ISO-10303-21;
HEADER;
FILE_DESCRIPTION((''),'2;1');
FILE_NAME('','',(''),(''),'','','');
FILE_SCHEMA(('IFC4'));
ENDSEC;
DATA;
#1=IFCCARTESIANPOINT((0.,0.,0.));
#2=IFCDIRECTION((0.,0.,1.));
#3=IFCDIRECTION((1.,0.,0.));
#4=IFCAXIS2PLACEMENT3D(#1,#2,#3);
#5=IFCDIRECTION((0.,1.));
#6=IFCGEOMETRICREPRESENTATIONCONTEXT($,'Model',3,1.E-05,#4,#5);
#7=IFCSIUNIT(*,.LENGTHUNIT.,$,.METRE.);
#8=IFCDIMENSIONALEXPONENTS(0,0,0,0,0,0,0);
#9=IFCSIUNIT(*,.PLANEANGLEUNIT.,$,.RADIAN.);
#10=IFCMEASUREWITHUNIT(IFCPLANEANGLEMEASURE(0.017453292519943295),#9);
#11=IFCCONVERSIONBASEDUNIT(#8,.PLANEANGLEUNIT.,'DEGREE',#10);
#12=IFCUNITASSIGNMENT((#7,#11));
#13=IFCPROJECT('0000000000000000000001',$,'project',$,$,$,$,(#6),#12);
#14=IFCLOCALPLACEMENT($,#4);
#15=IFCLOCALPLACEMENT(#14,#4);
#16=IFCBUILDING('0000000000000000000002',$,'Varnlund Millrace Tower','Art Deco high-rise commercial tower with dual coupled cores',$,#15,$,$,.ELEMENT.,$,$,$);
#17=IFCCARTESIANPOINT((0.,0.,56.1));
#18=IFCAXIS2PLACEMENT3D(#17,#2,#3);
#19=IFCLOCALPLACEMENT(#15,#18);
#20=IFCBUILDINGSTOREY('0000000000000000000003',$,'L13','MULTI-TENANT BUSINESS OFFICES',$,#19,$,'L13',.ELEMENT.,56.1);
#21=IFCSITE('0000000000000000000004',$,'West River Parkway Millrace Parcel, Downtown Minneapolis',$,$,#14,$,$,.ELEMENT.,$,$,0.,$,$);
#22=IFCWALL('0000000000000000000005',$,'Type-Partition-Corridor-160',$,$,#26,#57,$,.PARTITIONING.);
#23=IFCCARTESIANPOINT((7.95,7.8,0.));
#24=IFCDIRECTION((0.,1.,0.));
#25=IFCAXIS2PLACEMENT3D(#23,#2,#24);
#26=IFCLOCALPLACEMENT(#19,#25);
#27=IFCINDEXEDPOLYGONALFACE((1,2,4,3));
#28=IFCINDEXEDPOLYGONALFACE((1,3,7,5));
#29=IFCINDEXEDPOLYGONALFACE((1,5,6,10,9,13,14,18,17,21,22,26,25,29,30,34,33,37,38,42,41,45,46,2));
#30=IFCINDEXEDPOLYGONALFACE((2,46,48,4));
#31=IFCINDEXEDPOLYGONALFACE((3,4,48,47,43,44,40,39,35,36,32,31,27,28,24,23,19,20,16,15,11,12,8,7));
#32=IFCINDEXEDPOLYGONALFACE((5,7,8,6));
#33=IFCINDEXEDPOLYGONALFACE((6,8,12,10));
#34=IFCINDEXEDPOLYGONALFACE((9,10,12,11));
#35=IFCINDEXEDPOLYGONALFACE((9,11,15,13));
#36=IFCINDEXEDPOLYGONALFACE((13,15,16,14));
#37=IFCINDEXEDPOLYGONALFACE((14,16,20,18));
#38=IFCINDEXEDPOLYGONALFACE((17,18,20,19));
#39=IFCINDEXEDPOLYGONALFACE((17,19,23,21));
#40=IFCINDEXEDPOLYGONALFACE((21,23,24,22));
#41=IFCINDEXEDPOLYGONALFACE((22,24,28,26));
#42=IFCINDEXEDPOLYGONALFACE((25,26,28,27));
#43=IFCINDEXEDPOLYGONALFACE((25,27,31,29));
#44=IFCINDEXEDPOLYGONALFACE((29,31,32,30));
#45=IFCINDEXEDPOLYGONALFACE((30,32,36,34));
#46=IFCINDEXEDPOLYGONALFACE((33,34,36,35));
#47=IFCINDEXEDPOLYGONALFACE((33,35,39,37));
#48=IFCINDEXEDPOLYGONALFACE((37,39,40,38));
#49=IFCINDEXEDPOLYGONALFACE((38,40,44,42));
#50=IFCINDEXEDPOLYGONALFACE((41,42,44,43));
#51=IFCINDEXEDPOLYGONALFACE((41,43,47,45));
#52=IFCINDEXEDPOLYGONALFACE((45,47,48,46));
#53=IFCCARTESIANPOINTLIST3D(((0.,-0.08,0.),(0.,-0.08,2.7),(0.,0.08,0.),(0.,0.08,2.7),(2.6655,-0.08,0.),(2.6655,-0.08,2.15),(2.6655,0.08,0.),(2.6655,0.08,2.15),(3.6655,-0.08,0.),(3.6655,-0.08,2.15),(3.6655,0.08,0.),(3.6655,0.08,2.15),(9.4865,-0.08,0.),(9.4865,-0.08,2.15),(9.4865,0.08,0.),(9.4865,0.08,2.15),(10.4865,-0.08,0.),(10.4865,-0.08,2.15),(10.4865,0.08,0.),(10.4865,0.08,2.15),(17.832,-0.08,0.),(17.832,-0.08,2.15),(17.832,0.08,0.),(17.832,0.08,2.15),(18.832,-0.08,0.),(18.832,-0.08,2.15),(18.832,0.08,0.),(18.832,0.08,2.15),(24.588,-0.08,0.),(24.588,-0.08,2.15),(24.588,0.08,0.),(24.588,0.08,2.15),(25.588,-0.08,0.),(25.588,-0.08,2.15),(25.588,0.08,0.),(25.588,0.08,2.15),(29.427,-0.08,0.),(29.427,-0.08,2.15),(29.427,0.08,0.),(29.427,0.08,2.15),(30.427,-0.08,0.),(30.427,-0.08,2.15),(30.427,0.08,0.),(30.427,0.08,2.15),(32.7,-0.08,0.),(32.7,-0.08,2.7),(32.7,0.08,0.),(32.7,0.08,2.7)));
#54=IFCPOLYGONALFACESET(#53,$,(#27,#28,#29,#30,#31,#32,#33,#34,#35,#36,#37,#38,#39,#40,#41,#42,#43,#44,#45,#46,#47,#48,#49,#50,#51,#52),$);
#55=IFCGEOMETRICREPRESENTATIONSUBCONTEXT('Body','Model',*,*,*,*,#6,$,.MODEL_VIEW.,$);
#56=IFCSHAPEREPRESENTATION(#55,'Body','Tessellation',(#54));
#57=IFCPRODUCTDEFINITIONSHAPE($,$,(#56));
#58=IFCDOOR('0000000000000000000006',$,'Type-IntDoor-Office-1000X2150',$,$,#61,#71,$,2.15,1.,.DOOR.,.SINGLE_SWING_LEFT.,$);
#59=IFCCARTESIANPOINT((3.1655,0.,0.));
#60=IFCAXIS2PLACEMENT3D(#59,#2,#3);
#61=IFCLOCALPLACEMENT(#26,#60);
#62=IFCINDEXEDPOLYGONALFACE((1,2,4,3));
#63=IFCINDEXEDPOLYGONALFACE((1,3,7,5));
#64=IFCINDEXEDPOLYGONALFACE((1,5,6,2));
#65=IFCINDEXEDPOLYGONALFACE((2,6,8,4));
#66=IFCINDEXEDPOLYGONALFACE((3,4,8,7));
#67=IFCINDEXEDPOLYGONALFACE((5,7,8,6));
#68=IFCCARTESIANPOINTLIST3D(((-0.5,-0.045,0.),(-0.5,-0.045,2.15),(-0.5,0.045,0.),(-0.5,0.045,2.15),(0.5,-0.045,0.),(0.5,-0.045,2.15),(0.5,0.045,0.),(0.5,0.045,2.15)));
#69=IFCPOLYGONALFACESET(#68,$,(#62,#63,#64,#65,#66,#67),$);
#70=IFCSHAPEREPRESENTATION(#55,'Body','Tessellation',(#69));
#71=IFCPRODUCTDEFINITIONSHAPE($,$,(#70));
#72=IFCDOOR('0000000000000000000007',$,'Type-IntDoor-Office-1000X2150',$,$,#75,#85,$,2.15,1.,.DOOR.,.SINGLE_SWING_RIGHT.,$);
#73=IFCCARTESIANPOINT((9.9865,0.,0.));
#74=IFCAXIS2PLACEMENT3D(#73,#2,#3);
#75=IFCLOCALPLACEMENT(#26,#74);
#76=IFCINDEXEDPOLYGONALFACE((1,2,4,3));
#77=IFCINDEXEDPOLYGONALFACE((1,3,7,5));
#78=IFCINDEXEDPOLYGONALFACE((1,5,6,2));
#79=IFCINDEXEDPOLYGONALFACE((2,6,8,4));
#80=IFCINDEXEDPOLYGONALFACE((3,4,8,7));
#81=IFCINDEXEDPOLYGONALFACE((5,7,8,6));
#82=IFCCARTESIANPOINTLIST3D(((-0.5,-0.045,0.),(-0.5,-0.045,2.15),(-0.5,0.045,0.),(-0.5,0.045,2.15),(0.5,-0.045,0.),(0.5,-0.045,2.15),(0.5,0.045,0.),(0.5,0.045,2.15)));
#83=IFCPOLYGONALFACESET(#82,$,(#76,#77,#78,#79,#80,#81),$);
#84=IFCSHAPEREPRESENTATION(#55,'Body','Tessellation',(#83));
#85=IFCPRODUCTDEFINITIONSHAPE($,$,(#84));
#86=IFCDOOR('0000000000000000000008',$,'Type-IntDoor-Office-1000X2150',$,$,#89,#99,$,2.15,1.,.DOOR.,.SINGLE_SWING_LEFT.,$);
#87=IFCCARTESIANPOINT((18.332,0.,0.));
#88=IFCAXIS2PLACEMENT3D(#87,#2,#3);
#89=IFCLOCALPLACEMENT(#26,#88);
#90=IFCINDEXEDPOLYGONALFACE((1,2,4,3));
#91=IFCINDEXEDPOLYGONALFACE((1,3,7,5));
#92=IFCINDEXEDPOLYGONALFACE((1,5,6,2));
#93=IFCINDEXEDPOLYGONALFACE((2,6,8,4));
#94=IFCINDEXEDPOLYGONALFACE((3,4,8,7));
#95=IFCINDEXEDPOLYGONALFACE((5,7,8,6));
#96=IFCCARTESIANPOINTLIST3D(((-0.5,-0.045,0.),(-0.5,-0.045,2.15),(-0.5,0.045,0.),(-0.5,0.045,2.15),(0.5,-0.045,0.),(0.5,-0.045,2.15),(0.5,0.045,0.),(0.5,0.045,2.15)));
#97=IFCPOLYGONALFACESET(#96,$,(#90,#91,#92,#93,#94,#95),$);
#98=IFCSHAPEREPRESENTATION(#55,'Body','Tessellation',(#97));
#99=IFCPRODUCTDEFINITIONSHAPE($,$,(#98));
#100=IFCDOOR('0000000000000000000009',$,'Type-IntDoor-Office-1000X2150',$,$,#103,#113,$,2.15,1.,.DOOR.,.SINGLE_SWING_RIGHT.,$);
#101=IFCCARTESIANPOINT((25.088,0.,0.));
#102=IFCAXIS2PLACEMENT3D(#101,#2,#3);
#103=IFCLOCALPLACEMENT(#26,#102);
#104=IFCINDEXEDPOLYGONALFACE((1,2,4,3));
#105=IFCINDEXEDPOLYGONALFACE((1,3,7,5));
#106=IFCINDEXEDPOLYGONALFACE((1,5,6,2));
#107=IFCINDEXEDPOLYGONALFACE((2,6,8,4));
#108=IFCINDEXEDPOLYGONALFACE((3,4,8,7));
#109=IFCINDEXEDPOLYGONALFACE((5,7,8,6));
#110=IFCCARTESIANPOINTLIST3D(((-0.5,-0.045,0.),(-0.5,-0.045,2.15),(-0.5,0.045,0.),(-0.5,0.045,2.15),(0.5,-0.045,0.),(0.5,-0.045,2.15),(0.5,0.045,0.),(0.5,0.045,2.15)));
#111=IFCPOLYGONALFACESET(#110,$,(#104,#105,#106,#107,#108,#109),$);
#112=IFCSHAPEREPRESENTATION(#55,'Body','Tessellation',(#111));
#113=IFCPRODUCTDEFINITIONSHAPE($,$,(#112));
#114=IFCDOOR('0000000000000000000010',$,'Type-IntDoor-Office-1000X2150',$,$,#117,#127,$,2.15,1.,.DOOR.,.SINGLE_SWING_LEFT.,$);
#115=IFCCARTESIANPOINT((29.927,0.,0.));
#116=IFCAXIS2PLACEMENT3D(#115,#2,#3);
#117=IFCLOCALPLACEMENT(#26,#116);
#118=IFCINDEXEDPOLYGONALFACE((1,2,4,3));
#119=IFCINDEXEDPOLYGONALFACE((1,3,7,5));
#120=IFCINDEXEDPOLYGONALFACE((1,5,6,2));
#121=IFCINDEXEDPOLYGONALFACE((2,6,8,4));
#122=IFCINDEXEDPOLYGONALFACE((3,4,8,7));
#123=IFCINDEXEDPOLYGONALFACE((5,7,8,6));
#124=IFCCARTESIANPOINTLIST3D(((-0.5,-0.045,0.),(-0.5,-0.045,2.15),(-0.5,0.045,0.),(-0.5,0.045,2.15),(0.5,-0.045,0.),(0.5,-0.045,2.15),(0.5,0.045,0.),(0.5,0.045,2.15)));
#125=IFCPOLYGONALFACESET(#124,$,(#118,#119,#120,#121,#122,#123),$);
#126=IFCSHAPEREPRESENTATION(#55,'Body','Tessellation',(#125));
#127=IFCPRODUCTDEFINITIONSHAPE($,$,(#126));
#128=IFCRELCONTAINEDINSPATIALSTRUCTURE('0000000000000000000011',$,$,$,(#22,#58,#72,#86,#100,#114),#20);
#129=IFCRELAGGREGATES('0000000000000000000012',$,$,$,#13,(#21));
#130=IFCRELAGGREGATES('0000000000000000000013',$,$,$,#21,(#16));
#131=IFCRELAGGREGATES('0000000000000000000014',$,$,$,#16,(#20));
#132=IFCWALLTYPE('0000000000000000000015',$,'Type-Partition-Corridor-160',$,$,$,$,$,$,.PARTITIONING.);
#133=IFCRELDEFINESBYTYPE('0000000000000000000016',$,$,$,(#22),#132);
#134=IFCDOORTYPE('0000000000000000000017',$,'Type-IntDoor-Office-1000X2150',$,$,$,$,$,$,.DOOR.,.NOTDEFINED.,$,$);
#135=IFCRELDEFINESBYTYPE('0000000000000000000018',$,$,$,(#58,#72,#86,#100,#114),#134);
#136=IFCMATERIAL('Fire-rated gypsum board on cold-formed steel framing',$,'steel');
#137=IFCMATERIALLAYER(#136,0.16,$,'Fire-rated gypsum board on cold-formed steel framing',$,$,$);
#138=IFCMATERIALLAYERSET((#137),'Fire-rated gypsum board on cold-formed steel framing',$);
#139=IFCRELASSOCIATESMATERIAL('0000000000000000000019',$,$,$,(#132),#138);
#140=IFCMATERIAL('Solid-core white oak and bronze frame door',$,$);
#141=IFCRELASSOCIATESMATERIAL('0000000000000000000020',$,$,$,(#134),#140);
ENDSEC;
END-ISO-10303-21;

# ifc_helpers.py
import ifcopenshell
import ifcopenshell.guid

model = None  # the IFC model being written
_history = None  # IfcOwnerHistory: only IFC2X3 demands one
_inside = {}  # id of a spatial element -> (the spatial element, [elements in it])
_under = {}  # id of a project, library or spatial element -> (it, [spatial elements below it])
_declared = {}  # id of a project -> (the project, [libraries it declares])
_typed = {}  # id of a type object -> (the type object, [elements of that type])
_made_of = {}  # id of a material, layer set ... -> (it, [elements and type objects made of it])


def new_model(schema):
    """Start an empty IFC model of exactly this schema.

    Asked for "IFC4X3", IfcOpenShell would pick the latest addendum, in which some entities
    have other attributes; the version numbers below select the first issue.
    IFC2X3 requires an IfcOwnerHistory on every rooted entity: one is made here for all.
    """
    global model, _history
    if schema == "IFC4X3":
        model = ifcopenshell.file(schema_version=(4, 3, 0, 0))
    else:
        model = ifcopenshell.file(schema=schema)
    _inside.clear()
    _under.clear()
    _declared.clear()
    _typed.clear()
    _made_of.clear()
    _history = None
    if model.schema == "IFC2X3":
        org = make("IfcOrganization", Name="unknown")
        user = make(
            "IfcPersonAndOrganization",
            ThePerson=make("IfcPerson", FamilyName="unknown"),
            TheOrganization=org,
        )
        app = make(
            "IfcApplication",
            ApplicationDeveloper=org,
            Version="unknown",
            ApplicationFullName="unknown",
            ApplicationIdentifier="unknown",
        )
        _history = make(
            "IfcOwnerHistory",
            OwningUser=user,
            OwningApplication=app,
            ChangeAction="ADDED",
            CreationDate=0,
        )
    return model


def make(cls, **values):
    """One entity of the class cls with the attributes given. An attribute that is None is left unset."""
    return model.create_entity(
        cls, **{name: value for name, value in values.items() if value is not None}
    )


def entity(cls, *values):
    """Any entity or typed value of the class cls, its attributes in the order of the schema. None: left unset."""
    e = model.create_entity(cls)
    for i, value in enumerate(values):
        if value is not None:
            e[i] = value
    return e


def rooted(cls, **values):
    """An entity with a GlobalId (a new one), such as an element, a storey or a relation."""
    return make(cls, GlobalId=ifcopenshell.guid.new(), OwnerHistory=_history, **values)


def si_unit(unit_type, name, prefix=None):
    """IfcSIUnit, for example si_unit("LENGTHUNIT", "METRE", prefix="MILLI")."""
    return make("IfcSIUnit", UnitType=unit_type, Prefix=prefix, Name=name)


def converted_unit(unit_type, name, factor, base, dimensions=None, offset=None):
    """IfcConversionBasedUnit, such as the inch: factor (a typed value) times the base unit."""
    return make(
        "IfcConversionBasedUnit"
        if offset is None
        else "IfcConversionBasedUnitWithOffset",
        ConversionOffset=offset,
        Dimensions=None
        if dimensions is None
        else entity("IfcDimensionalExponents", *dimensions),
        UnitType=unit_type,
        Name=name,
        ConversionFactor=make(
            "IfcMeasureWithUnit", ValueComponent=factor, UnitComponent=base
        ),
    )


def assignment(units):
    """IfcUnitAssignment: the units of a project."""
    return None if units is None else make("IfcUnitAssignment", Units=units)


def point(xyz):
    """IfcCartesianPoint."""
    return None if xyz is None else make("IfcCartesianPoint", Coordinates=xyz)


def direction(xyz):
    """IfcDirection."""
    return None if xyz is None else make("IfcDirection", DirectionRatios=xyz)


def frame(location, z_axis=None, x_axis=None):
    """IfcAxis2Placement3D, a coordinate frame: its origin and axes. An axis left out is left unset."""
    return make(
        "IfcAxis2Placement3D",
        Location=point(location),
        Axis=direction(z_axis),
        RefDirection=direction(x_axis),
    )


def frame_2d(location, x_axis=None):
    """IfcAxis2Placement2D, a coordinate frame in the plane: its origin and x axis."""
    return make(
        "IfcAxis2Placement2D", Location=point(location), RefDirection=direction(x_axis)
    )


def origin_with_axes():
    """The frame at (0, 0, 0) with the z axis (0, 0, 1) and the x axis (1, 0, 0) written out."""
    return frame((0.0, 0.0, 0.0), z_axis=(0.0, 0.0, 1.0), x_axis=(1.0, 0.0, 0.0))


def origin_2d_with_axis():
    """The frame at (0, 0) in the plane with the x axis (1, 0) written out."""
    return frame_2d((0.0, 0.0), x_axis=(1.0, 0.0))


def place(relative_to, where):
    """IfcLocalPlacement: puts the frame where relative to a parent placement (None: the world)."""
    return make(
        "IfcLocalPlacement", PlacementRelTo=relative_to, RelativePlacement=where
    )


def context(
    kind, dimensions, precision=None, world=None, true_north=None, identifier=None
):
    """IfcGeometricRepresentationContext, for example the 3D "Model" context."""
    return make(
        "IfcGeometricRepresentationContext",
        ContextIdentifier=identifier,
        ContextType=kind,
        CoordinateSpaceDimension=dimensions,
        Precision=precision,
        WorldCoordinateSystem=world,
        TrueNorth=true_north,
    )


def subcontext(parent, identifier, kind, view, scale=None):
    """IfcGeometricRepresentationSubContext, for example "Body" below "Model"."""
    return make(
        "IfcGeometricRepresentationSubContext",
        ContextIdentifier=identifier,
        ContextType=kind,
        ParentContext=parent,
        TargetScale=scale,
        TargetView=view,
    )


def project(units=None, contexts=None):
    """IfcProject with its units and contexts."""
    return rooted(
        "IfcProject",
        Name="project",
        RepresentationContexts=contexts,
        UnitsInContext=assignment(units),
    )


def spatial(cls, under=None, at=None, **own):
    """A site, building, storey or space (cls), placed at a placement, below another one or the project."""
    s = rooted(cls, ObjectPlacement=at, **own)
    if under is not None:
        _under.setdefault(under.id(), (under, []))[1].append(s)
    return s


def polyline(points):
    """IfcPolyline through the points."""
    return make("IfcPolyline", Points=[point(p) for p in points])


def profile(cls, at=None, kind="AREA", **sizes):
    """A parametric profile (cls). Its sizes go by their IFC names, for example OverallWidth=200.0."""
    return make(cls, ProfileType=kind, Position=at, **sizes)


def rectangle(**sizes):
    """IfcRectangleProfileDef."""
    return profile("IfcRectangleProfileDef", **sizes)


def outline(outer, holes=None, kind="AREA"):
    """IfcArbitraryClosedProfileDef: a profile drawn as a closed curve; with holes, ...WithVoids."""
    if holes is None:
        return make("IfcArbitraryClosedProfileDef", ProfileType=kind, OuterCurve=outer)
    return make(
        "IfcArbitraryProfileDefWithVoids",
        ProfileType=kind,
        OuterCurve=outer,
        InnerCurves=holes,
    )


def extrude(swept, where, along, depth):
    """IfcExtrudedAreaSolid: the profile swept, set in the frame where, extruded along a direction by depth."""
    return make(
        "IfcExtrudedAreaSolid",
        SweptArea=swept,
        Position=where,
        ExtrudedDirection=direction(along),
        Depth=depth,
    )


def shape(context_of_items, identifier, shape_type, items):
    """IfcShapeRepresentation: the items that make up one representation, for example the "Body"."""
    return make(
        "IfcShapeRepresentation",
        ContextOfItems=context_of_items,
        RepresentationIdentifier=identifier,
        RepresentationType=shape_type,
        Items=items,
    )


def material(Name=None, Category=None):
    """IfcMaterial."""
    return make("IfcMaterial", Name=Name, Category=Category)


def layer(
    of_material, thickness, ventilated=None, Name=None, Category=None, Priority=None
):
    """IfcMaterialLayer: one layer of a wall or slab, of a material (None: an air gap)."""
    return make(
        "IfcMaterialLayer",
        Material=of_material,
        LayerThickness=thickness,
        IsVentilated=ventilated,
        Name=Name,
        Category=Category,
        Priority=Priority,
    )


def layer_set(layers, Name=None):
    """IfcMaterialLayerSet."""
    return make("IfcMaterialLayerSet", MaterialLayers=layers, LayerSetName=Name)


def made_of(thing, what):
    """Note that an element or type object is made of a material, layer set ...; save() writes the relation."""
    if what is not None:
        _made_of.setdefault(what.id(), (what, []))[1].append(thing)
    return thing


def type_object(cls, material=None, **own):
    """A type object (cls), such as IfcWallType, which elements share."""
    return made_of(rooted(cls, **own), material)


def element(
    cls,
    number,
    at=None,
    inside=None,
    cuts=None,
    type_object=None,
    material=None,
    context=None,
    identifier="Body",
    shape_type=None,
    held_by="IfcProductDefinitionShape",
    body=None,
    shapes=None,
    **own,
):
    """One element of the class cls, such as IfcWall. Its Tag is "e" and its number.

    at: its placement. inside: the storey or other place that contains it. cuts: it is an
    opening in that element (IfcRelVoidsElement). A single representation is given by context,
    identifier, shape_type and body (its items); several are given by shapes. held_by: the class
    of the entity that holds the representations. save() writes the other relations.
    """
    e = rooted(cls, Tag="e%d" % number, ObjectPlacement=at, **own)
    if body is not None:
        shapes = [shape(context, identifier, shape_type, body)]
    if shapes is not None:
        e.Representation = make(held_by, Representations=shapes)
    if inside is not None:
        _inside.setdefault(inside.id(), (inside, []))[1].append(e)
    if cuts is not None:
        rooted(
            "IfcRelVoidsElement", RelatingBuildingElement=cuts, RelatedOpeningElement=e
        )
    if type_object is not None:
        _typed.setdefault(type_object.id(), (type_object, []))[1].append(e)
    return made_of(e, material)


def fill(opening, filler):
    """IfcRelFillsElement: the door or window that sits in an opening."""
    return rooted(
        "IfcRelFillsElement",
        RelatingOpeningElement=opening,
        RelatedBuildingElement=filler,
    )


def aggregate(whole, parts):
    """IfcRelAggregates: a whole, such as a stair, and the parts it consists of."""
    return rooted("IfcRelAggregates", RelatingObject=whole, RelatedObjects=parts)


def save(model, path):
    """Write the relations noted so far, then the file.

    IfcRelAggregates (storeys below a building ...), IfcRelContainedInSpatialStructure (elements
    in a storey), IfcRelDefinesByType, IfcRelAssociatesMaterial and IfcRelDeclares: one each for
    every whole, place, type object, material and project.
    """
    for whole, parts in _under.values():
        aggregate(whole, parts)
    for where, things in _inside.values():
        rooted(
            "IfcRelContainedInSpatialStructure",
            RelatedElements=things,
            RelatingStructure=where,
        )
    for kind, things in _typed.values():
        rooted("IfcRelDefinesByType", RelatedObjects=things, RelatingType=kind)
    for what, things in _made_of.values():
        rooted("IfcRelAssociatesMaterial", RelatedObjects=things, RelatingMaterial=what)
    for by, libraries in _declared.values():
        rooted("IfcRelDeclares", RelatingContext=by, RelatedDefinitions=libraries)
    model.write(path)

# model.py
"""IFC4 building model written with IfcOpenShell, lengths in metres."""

from ifc_helpers import new_model, entity, si_unit, converted_unit, direction, frame, origin_with_axes, origin_2d_with_axis, place, context, subcontext, project, spatial, polyline, rectangle, outline, extrude, material, layer, layer_set, type_object, element, fill, save


model = new_model("IFC4")

# Units and contexts
model_context = context("Model", 3, precision=1e-05, world=origin_with_axes(), true_north=direction((0.0, 1.0)))
body_context = subcontext(model_context, "Body", "Model", "MODEL_VIEW")
ifc_project = project(units=[si_unit("LENGTHUNIT", "METRE"), converted_unit("PLANEANGLEUNIT", "DEGREE", entity("IfcPlaneAngleMeasure", 0.017453292519943295), si_unit("PLANEANGLEUNIT", "RADIAN"), dimensions=[0, 0, 0, 0, 0, 0, 0])], contexts=[model_context])

# Site, building, storey
site_placement = place(None, origin_with_axes())
site = spatial("IfcSite", under=ifc_project, at=site_placement, Name="West River Parkway Millrace Parcel, Downtown Minneapolis", CompositionType="ELEMENT", RefElevation=0.0)
building_placement = place(site_placement, origin_with_axes())
building = spatial("IfcBuilding", under=site, at=building_placement, Name="Varnlund Millrace Tower", Description="Art Deco high-rise commercial tower with dual coupled cores", CompositionType="ELEMENT")
storey_placement = place(building_placement, frame((0.0, 0.0, 56.1), z_axis=(0.0, 0.0, 1.0), x_axis=(1.0, 0.0, 0.0)))
storey = spatial("IfcBuildingStorey", under=building, at=storey_placement, Name="L13", Description="MULTI-TENANT BUSINESS OFFICES", LongName="L13", CompositionType="ELEMENT", Elevation=56.1)

# Wall, openings, doors
ifc_material_1 = material(Name="Fire-rated gypsum board on cold-formed steel framing", Category="steel")
ifc_layer_1 = layer(ifc_material_1, 0.16, Name="Fire-rated gypsum board on cold-formed steel framing")
ifc_layer_set_1 = layer_set([ifc_layer_1], Name="Fire-rated gypsum board on cold-formed steel framing")
wall_type_1 = type_object("IfcWallType", Name="Type-Partition-Corridor-160", PredefinedType="PARTITIONING", material=ifc_layer_set_1)
ifc_material_2 = material(Name="Solid-core white oak and bronze frame door")
door_type_1 = type_object("IfcDoorType", Name="Type-IntDoor-Office-1000X2150", OperationType="NOTDEFINED", PredefinedType="DOOR", material=ifc_material_2)
wall_1_placement = place(storey_placement, frame((7.95, 7.8, 0.0), z_axis=(0.0, 0.0, 1.0), x_axis=(0.0, 1.0, 0.0)))
wall_1 = element("IfcWall", 1, at=wall_1_placement, inside=storey, type_object=wall_type_1, Name="Type-Partition-Corridor-160", PredefinedType="PARTITIONING", context=body_context, shape_type="SweptSolid", body=[
    extrude(outline(polyline([(0.0, -0.08), (32.7, -0.08), (32.7, 0.08), (0.0, 0.08), (0.0, -0.08)])), origin_with_axes(), (0.0, 0.0, 1.0), 2.7),
])
opening_1_placement = place(wall_1_placement, frame((3.1655, 0.0, 0.0), z_axis=(0.0, 0.0, 1.0), x_axis=(1.0, 0.0, 0.0)))
opening_1 = element("IfcOpeningElement", 2, at=opening_1_placement, cuts=wall_1, PredefinedType="OPENING", context=body_context, shape_type="SweptSolid", body=[
    extrude(rectangle(XDim=1.0, YDim=0.18, at=origin_2d_with_axis()), origin_with_axes(), (0.0, 0.0, 1.0), 2.15),
])
opening_2_placement = place(wall_1_placement, frame((9.9865, 0.0, 0.0), z_axis=(0.0, 0.0, 1.0), x_axis=(1.0, 0.0, 0.0)))
opening_2 = element("IfcOpeningElement", 3, at=opening_2_placement, cuts=wall_1, PredefinedType="OPENING", context=body_context, shape_type="SweptSolid", body=[
    extrude(rectangle(XDim=1.0, YDim=0.18, at=origin_2d_with_axis()), origin_with_axes(), (0.0, 0.0, 1.0), 2.15),
])
opening_3_placement = place(wall_1_placement, frame((18.332, 0.0, 0.0), z_axis=(0.0, 0.0, 1.0), x_axis=(1.0, 0.0, 0.0)))
opening_3 = element("IfcOpeningElement", 4, at=opening_3_placement, cuts=wall_1, PredefinedType="OPENING", context=body_context, shape_type="SweptSolid", body=[
    extrude(rectangle(XDim=1.0, YDim=0.18, at=origin_2d_with_axis()), origin_with_axes(), (0.0, 0.0, 1.0), 2.15),
])
opening_4_placement = place(wall_1_placement, frame((25.088, 0.0, 0.0), z_axis=(0.0, 0.0, 1.0), x_axis=(1.0, 0.0, 0.0)))
opening_4 = element("IfcOpeningElement", 5, at=opening_4_placement, cuts=wall_1, PredefinedType="OPENING", context=body_context, shape_type="SweptSolid", body=[
    extrude(rectangle(XDim=1.0, YDim=0.18, at=origin_2d_with_axis()), origin_with_axes(), (0.0, 0.0, 1.0), 2.15),
])
opening_5_placement = place(wall_1_placement, frame((29.927, 0.0, 0.0), z_axis=(0.0, 0.0, 1.0), x_axis=(1.0, 0.0, 0.0)))
opening_5 = element("IfcOpeningElement", 6, at=opening_5_placement, cuts=wall_1, PredefinedType="OPENING", context=body_context, shape_type="SweptSolid", body=[
    extrude(rectangle(XDim=1.0, YDim=0.18, at=origin_2d_with_axis()), origin_with_axes(), (0.0, 0.0, 1.0), 2.15),
])
door_1_placement = place(wall_1_placement, frame((3.1655, 0.0, 0.0), z_axis=(0.0, 0.0, 1.0), x_axis=(1.0, 0.0, 0.0)))
door_1 = element("IfcDoor", 7, at=door_1_placement, inside=storey, type_object=door_type_1, Name="Type-IntDoor-Office-1000X2150", OperationType="SINGLE_SWING_LEFT", OverallHeight=2.15, OverallWidth=1.0, PredefinedType="DOOR", context=body_context, shape_type="SweptSolid", body=[
    extrude(rectangle(XDim=1.0, YDim=0.09, at=origin_2d_with_axis()), origin_with_axes(), (0.0, 0.0, 1.0), 2.15),
])
fill(opening_1, door_1)
door_2_placement = place(wall_1_placement, frame((9.9865, 0.0, 0.0), z_axis=(0.0, 0.0, 1.0), x_axis=(1.0, 0.0, 0.0)))
door_2 = element("IfcDoor", 8, at=door_2_placement, inside=storey, type_object=door_type_1, Name="Type-IntDoor-Office-1000X2150", OperationType="SINGLE_SWING_RIGHT", OverallHeight=2.15, OverallWidth=1.0, PredefinedType="DOOR", context=body_context, shape_type="SweptSolid", body=[
    extrude(rectangle(XDim=1.0, YDim=0.09, at=origin_2d_with_axis()), origin_with_axes(), (0.0, 0.0, 1.0), 2.15),
])
fill(opening_2, door_2)
door_3_placement = place(wall_1_placement, frame((18.332, 0.0, 0.0), z_axis=(0.0, 0.0, 1.0), x_axis=(1.0, 0.0, 0.0)))
door_3 = element("IfcDoor", 9, at=door_3_placement, inside=storey, type_object=door_type_1, Name="Type-IntDoor-Office-1000X2150", OperationType="SINGLE_SWING_LEFT", OverallHeight=2.15, OverallWidth=1.0, PredefinedType="DOOR", context=body_context, shape_type="SweptSolid", body=[
    extrude(rectangle(XDim=1.0, YDim=0.09, at=origin_2d_with_axis()), origin_with_axes(), (0.0, 0.0, 1.0), 2.15),
])
fill(opening_3, door_3)
door_4_placement = place(wall_1_placement, frame((25.088, 0.0, 0.0), z_axis=(0.0, 0.0, 1.0), x_axis=(1.0, 0.0, 0.0)))
door_4 = element("IfcDoor", 10, at=door_4_placement, inside=storey, type_object=door_type_1, Name="Type-IntDoor-Office-1000X2150", OperationType="SINGLE_SWING_RIGHT", OverallHeight=2.15, OverallWidth=1.0, PredefinedType="DOOR", context=body_context, shape_type="SweptSolid", body=[
    extrude(rectangle(XDim=1.0, YDim=0.09, at=origin_2d_with_axis()), origin_with_axes(), (0.0, 0.0, 1.0), 2.15),
])
fill(opening_4, door_4)
door_5_placement = place(wall_1_placement, frame((29.927, 0.0, 0.0), z_axis=(0.0, 0.0, 1.0), x_axis=(1.0, 0.0, 0.0)))
door_5 = element("IfcDoor", 11, at=door_5_placement, inside=storey, type_object=door_type_1, Name="Type-IntDoor-Office-1000X2150", OperationType="SINGLE_SWING_LEFT", OverallHeight=2.15, OverallWidth=1.0, PredefinedType="DOOR", context=body_context, shape_type="SweptSolid", body=[
    extrude(rectangle(XDim=1.0, YDim=0.09, at=origin_2d_with_axis()), origin_with_axes(), (0.0, 0.0, 1.0), 2.15),
])
fill(opening_5, door_5)

save(model, "model.ifc")
